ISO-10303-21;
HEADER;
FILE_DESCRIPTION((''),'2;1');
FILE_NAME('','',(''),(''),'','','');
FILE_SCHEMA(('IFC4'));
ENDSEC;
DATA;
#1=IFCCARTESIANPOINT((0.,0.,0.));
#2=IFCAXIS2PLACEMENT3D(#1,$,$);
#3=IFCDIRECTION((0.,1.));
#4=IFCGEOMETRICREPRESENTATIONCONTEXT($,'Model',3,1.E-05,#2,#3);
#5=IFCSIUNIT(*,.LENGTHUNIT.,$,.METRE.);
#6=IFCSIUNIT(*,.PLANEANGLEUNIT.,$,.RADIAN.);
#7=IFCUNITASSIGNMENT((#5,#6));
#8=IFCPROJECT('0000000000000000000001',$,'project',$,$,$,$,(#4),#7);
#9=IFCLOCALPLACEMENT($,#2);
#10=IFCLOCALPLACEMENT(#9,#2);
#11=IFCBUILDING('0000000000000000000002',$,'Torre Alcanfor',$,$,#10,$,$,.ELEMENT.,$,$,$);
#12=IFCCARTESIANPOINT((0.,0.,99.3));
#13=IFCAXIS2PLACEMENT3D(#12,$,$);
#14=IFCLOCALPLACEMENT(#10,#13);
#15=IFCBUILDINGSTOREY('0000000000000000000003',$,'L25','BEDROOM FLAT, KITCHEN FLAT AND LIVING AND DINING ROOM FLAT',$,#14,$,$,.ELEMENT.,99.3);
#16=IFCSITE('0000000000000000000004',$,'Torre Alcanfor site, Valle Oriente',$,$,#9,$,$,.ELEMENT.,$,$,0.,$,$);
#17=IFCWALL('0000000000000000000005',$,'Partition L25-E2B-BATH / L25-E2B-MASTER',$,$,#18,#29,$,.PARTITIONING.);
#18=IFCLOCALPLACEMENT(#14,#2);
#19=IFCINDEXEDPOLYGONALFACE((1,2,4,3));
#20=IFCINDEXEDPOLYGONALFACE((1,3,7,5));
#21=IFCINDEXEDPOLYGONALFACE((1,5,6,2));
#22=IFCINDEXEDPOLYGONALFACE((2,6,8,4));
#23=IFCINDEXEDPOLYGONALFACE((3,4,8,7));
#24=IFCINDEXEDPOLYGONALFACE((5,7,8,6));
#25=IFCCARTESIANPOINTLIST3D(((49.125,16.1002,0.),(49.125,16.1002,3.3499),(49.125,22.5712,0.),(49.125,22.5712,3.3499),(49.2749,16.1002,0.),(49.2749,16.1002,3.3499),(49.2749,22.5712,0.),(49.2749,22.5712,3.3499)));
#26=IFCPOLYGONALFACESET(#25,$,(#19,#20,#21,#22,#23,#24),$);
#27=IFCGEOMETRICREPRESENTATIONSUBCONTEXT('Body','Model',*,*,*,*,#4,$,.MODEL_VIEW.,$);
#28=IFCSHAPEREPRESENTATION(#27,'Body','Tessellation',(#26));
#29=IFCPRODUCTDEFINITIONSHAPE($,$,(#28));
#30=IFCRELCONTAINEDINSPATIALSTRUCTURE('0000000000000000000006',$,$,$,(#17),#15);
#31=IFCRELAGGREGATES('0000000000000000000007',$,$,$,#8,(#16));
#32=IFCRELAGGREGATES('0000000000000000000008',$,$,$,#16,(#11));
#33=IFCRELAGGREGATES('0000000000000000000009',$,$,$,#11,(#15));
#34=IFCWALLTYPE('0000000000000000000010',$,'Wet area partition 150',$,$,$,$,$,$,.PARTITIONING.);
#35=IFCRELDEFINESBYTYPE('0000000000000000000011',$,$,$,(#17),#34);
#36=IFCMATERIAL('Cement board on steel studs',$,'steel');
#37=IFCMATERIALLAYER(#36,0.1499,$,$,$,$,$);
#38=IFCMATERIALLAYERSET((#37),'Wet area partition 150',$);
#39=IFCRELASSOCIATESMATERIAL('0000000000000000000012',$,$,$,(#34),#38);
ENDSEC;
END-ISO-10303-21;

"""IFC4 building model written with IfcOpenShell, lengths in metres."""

from ifc_helpers import new_model, si_unit, direction, frame, frame_2d, origin, place, context, subcontext, project, spatial, rectangle, extrude, material, layer, layer_set, type_object, element, save


model = new_model("IFC4")

# Units and contexts
model_context = context("Model", 3, precision=1e-05, world=origin(), true_north=direction((0.0, 1.0)))
body_context = subcontext(model_context, "Body", "Model", "MODEL_VIEW")
ifc_project = project(units=[si_unit("LENGTHUNIT", "METRE"), si_unit("PLANEANGLEUNIT", "RADIAN")], contexts=[model_context])

# Site, building, storey
site_placement = place(None, origin())
site = spatial("IfcSite", under=ifc_project, at=site_placement, Name="Torre Alcanfor site, Valle Oriente", CompositionType="ELEMENT", RefElevation=0.0)
building_placement = place(site_placement, origin())
building = spatial("IfcBuilding", under=site, at=building_placement, Name="Torre Alcanfor", CompositionType="ELEMENT")
storey_placement = place(building_placement, frame((0.0, 0.0, 99.3)))
storey = spatial("IfcBuildingStorey", under=building, at=storey_placement, Name="L25", Description="BEDROOM FLAT, KITCHEN FLAT AND LIVING AND DINING ROOM FLAT", CompositionType="ELEMENT", Elevation=99.3)

# Shared definitions
ifc_material_1 = material(Name="Cement board on steel studs", Category="steel")
ifc_layer_1 = layer(ifc_material_1, 0.1499)
ifc_layer_set_1 = layer_set([ifc_layer_1], Name="Wet area partition 150")
wall_type_1 = type_object("IfcWallType", Name="Wet area partition 150", PredefinedType="PARTITIONING", material=ifc_layer_set_1)

# Wall
for number, where, z_axis, x_axis, name in (
    (1, (49.2, 22.571, 0.0), (0.0, 0.0, 1.0), (0.0, -1.0, 0.0), "Partition L25-E2B-BATH / L25-E2B-MASTER"),
):
    element("IfcWall", number, at=place(storey_placement, frame(where, z_axis=z_axis, x_axis=x_axis)), inside=storey, type_object=wall_type_1, Name=name, PredefinedType="PARTITIONING", context=body_context, shape_type="SweptSolid", body=[
        extrude(rectangle(XDim=6.4709, YDim=0.1499, at=frame_2d((3.2354, 0.0))), origin(), (0.0, 0.0, 1.0), 3.3499),
    ])

save(model, "model.ifc")
